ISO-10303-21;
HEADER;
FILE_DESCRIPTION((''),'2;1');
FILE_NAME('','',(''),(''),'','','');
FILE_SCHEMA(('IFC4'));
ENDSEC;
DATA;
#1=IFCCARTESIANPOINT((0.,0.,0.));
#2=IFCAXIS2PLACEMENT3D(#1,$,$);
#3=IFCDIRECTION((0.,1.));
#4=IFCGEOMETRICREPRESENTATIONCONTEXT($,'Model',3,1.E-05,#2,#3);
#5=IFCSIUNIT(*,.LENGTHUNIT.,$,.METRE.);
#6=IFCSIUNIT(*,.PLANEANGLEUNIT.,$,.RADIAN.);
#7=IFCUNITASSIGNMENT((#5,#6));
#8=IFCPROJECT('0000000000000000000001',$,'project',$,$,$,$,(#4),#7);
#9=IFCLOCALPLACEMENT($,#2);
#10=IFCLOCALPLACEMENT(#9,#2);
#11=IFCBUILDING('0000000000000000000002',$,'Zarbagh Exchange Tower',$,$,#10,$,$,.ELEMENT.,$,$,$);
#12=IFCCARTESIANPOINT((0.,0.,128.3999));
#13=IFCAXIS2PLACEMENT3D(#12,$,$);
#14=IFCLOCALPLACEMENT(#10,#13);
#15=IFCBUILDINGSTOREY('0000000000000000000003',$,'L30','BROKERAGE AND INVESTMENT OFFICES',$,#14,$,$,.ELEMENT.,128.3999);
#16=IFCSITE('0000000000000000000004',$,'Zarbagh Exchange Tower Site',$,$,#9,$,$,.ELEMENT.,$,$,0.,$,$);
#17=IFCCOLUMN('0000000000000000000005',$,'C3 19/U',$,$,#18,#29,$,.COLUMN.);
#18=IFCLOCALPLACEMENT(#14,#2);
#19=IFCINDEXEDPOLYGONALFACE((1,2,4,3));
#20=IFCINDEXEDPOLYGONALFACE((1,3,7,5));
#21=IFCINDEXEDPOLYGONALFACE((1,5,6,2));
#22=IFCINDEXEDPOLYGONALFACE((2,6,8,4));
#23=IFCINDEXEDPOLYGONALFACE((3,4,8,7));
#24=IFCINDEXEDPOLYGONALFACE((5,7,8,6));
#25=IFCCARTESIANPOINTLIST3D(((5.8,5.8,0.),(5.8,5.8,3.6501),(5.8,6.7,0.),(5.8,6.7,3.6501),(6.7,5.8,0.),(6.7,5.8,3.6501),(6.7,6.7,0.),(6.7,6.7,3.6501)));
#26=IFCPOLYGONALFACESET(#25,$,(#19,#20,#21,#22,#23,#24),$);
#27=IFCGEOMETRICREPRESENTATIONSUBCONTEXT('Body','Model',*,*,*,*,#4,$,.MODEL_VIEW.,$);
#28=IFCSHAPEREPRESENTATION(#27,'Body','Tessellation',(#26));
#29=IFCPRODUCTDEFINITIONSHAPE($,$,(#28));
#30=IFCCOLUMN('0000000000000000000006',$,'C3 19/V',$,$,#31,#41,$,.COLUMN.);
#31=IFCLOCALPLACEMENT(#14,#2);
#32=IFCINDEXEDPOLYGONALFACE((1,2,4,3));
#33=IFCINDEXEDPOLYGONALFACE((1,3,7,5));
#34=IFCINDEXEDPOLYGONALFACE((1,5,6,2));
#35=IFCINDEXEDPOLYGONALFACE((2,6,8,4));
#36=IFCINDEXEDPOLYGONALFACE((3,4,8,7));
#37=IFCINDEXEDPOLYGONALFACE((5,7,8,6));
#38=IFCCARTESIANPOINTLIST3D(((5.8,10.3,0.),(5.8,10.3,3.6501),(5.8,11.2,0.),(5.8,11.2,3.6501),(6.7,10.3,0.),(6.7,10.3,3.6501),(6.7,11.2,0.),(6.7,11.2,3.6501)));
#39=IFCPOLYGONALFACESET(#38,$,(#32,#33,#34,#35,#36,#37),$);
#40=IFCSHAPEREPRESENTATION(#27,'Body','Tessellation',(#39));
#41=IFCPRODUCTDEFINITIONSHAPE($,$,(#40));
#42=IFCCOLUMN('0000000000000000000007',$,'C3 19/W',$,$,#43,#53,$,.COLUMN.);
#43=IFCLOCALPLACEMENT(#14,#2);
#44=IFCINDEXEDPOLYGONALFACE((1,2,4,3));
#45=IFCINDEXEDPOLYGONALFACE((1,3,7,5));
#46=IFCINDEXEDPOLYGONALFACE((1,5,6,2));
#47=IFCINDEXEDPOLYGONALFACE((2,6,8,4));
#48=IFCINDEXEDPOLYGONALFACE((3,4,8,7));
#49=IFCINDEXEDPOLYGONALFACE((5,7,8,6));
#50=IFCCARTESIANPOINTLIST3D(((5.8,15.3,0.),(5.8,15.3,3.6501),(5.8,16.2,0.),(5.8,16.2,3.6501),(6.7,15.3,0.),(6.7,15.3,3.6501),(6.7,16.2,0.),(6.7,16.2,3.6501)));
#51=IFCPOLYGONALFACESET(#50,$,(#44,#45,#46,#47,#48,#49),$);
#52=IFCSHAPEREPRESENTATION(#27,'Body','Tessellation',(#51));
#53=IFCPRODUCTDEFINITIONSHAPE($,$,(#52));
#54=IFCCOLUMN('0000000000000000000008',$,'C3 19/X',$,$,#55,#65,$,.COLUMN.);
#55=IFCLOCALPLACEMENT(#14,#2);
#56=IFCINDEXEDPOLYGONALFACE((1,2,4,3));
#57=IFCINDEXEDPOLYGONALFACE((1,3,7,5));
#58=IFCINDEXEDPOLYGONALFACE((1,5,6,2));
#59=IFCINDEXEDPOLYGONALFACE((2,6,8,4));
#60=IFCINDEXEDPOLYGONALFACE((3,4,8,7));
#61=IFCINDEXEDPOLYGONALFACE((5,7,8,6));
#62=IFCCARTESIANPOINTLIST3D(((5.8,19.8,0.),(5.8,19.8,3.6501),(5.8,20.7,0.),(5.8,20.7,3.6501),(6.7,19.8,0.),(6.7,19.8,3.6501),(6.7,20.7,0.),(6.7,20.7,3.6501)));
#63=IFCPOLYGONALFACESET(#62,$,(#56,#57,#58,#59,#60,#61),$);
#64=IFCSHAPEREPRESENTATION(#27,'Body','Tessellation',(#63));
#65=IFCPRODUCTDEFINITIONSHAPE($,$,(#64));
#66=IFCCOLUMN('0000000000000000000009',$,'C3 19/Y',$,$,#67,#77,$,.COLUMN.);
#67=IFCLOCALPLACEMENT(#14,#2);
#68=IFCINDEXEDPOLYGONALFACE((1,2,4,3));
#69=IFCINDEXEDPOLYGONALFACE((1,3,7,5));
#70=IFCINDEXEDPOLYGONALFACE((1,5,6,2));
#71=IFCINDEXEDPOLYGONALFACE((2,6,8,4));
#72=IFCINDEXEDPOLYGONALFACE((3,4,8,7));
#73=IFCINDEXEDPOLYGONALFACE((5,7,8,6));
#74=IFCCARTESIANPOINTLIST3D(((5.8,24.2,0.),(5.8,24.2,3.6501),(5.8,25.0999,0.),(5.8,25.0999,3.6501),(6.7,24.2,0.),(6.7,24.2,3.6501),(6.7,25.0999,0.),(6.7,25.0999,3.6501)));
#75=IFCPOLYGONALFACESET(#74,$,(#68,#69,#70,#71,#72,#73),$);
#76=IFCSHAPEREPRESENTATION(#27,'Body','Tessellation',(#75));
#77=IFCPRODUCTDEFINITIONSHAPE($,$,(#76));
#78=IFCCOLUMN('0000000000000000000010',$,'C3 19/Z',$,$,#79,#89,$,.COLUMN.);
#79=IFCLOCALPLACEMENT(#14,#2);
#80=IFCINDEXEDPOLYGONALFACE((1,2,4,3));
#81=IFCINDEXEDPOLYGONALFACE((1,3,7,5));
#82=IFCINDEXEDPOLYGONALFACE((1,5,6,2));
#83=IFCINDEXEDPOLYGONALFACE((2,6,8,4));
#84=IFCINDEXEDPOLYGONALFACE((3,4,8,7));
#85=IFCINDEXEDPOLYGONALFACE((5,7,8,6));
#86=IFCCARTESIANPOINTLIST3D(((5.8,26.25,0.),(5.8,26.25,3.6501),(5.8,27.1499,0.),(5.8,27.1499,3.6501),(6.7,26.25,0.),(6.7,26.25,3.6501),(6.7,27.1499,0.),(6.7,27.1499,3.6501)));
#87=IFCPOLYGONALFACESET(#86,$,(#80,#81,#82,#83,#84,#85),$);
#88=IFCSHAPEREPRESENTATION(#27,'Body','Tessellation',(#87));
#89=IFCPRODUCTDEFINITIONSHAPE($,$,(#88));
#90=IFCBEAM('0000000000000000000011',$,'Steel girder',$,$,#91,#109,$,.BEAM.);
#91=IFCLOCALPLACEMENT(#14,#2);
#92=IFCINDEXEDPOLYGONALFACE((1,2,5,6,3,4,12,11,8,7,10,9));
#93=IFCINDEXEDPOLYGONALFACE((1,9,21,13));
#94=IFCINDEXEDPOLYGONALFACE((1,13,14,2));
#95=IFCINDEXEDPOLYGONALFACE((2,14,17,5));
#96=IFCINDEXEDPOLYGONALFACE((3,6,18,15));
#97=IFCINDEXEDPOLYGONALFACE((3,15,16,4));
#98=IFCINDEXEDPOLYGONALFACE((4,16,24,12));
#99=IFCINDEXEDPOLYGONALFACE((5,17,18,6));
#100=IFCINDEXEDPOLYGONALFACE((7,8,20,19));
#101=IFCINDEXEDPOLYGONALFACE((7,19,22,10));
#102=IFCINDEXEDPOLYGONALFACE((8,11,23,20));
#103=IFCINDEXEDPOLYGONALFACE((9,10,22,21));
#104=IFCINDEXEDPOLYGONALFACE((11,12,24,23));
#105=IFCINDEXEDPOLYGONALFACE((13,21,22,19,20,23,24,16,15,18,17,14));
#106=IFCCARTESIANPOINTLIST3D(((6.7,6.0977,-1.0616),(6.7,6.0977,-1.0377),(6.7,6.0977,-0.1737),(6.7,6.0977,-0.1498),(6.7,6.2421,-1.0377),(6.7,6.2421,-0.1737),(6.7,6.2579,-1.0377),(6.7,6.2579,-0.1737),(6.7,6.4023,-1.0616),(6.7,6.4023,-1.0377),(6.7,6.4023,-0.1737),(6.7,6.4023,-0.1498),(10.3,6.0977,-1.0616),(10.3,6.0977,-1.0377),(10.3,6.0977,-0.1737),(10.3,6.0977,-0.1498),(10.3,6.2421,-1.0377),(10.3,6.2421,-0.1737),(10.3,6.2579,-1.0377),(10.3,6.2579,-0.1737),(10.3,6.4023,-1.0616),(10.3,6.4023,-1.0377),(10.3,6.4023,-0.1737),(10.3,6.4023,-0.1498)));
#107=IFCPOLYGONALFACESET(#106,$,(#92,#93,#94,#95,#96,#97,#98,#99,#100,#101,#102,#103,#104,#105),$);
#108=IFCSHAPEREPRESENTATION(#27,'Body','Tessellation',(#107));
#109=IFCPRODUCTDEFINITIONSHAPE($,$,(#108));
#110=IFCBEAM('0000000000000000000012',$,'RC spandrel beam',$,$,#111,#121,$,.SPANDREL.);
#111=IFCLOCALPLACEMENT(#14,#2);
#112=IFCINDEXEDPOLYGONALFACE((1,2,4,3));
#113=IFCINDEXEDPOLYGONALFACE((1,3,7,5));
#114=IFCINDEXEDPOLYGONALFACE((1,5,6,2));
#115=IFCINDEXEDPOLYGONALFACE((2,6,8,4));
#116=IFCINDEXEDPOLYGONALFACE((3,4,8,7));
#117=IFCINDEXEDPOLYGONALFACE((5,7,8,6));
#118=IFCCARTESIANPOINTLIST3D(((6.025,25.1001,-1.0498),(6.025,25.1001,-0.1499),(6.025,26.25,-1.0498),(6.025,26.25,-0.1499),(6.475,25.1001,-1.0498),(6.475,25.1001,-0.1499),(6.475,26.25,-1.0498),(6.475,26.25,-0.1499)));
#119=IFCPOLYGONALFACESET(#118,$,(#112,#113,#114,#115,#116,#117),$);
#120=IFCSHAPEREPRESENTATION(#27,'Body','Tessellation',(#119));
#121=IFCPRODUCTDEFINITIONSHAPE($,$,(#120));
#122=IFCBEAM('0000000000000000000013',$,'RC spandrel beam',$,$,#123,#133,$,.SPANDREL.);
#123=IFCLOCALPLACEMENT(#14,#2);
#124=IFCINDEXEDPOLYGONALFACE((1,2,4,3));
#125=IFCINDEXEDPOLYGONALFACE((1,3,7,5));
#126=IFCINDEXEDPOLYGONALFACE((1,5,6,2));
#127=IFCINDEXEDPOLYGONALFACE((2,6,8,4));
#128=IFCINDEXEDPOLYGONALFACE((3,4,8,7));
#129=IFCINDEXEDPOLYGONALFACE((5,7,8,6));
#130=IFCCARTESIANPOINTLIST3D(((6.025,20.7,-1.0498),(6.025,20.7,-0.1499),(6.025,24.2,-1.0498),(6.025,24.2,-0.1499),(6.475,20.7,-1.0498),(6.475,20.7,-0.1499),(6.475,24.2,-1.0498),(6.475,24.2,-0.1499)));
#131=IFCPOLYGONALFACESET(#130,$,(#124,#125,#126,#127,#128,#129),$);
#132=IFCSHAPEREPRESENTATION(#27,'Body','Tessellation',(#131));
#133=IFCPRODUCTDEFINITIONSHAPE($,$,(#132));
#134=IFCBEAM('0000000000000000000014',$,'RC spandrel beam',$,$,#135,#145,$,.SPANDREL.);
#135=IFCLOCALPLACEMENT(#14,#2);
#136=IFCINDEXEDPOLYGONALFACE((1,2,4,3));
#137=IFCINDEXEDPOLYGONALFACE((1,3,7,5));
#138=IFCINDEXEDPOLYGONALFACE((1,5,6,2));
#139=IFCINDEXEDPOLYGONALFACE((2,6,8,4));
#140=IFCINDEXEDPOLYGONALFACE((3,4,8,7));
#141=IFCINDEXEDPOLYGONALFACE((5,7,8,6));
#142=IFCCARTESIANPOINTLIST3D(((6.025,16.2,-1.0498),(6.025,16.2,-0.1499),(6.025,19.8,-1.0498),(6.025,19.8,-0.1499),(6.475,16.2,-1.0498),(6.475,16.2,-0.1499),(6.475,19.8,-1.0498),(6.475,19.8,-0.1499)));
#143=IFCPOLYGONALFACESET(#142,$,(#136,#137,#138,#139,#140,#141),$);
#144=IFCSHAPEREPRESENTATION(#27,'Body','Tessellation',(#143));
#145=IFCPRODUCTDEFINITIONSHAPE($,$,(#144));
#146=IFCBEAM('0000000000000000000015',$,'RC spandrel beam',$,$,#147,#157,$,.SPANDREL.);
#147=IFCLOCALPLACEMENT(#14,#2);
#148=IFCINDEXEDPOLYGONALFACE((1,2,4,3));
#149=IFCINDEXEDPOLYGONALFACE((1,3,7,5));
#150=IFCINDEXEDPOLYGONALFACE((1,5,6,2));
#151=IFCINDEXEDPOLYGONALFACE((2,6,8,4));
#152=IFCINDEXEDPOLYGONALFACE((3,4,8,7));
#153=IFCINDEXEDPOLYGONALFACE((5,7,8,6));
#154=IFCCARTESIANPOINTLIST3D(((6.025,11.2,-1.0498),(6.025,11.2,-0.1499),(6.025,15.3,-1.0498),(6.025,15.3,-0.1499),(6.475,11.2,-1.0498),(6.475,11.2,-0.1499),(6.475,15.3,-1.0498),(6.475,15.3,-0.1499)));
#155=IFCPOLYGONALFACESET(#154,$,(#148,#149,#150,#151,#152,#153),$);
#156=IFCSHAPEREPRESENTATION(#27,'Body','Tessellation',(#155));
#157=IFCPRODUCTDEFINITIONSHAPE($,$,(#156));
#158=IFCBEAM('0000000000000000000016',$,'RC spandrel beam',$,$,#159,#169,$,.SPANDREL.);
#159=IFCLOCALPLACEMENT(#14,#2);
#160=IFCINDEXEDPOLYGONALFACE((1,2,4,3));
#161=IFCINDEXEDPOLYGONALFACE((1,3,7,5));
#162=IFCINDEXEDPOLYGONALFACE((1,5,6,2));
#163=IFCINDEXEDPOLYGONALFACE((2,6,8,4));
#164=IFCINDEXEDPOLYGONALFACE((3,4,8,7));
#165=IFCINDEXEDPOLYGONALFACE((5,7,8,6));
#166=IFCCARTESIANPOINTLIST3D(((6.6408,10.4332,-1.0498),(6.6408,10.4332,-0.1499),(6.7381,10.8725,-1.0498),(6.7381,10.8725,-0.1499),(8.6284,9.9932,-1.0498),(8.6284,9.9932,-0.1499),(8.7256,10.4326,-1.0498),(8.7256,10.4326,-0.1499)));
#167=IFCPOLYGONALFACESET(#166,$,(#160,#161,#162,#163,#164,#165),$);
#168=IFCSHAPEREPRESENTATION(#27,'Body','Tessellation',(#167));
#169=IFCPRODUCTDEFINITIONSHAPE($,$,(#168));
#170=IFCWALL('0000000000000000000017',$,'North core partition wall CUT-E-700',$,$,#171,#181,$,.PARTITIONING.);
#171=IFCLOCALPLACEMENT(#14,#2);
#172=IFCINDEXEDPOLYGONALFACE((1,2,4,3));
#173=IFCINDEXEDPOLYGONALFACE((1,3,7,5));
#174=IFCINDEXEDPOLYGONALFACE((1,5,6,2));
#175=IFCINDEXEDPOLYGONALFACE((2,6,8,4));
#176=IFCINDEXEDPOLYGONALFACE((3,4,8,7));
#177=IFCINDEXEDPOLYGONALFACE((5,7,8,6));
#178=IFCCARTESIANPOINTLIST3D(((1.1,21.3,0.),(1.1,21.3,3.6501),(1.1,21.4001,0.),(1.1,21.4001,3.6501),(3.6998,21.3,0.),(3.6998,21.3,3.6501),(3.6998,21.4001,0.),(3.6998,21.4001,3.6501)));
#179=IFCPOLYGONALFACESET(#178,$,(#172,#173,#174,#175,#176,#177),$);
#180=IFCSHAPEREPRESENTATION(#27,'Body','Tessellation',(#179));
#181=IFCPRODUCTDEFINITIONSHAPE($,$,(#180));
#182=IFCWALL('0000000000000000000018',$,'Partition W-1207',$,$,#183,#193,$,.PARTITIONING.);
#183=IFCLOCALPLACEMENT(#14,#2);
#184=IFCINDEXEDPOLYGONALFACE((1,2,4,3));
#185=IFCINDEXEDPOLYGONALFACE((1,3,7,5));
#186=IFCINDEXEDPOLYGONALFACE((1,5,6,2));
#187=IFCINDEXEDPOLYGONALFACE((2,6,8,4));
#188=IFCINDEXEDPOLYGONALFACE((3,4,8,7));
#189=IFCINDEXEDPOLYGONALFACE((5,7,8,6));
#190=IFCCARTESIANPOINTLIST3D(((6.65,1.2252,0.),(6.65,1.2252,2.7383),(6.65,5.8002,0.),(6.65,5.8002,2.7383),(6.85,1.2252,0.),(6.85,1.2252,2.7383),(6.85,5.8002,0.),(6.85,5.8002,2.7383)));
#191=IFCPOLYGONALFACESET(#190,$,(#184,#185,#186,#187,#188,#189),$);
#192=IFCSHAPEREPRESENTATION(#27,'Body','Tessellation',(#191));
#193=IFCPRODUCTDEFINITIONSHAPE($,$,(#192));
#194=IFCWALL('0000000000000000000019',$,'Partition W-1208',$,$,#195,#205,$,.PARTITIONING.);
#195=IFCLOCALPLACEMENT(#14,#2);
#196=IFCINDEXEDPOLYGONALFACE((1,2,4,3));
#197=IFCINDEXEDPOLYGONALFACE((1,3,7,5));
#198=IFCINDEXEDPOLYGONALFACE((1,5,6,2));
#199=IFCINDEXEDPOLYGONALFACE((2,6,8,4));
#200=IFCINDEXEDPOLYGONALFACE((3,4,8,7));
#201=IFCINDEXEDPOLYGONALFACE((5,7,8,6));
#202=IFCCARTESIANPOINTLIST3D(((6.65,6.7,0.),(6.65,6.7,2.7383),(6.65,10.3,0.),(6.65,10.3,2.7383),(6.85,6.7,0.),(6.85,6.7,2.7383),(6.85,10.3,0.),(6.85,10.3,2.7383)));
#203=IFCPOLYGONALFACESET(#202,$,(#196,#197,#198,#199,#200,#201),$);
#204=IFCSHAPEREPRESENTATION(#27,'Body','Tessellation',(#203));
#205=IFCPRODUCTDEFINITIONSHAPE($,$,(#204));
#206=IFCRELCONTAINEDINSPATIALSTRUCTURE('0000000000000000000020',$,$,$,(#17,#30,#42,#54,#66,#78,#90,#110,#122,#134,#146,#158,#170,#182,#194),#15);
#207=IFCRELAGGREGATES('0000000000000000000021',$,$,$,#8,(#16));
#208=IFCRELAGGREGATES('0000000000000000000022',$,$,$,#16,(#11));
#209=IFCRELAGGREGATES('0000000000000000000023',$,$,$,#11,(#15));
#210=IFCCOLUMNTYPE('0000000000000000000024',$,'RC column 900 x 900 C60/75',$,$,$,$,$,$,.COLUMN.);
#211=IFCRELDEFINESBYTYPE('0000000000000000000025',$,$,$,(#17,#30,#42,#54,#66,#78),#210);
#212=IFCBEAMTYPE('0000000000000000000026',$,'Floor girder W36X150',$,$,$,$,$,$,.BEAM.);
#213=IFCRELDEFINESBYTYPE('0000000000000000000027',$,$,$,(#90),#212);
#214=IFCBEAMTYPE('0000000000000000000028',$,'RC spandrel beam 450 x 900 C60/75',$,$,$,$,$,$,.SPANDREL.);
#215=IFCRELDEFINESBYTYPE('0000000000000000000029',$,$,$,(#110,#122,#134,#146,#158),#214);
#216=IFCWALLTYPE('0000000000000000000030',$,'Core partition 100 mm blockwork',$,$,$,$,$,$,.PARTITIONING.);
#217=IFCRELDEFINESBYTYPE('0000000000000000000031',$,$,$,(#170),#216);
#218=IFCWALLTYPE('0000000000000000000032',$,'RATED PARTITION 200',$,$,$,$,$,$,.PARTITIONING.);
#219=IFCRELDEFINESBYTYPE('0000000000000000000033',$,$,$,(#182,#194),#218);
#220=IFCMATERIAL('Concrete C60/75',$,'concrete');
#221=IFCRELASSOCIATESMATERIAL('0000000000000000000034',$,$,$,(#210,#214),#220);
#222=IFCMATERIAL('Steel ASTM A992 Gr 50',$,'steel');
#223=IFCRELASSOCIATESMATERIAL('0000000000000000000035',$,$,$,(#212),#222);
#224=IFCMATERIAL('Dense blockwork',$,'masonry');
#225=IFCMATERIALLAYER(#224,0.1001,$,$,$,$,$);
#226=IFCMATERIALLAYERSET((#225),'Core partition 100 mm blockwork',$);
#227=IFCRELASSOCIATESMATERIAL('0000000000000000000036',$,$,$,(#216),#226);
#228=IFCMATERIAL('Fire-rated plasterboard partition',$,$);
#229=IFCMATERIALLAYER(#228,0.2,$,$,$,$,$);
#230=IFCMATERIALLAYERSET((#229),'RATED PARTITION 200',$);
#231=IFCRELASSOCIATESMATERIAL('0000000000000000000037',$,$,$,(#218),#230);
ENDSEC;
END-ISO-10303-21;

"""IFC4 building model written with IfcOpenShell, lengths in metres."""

from ifc_helpers import new_model, si_unit, direction, frame, frame_2d, origin, origin_2d, place, context, subcontext, project, spatial, rectangle, i_section, extrude, material, layer, layer_set, material_profile, profile_set, type_object, element, save


model = new_model("IFC4")

# Units and contexts
model_context = context("Model", 3, precision=1e-05, world=origin(), true_north=direction((0.0, 1.0)))
body_context = subcontext(model_context, "Body", "Model", "MODEL_VIEW")
ifc_project = project(units=[si_unit("LENGTHUNIT", "METRE"), si_unit("PLANEANGLEUNIT", "RADIAN")], contexts=[model_context])

# Site, building, storey
site_placement = place(None, origin())
site = spatial("IfcSite", under=ifc_project, at=site_placement, Name="Zarbagh Exchange Tower Site", CompositionType="ELEMENT", RefElevation=0.0)
building_placement = place(site_placement, origin())
building = spatial("IfcBuilding", under=site, at=building_placement, Name="Zarbagh Exchange Tower", CompositionType="ELEMENT")
storey_placement = place(building_placement, frame((0.0, 0.0, 128.3999)))
storey = spatial("IfcBuildingStorey", under=building, at=storey_placement, Name="L30", Description="BROKERAGE AND INVESTMENT OFFICES", CompositionType="ELEMENT", Elevation=128.3999)

# Columns
ifc_material_1 = material(Name="Concrete C60/75", Category="concrete")
ifc_material_profile_1 = material_profile(ifc_material_1, rectangle(XDim=0.8999, YDim=0.8999, at=origin_2d()), Name="RC column 900 x 900 C60/75")
ifc_profile_set_1 = profile_set([ifc_material_profile_1], Name="Concrete C60/75")
column_type = type_object("IfcColumnType", Name="RC column 900 x 900 C60/75", PredefinedType="COLUMN", material=ifc_profile_set_1)
for number, where, z_axis, x_axis, name in (
    (1, (6.25, 6.25, 0.0), (0.0, 0.0, 1.0), (1.0, 0.0, 0.0), "C3 19/U"),
    (2, (6.25, 10.75, 0.0), (0.0, 0.0, 1.0), (1.0, 0.0, 0.0), "C3 19/V"),
    (3, (6.25, 15.75, 0.0), (0.0, 0.0, 1.0), (1.0, 0.0, 0.0), "C3 19/W"),
    (4, (6.25, 20.25, 0.0), (0.0, 0.0, 1.0), (1.0, 0.0, 0.0), "C3 19/X"),
    (5, (6.25, 24.6499, 0.0), (0.0, 0.0, 1.0), (1.0, 0.0, 0.0), "C3 19/Y"),
    (6, (6.25, 26.7, 0.0), (0.0, 0.0, 1.0), (1.0, 0.0, 0.0), "C3 19/Z"),
):
    element("IfcColumn", number, at=place(storey_placement, frame(where, z_axis=z_axis, x_axis=x_axis)), inside=storey, type_object=column_type, Name=name, PredefinedType="COLUMN", context=body_context, shape_type="SweptSolid", body=[
        extrude(rectangle(XDim=0.8999, YDim=0.8999, at=origin_2d()), origin(), (0.0, 0.0, 1.0), 3.6501),
    ])

# Beams
ifc_material_2 = material(Name="Steel ASTM A992 Gr 50", Category="steel")
ifc_material_profile_2 = material_profile(ifc_material_2, i_section(OverallWidth=0.3047, OverallDepth=0.9119, WebThickness=0.0159, FlangeThickness=0.0239, at=origin_2d()), Name="W36X150")
ifc_profile_set_2 = profile_set([ifc_material_profile_2], Name="Steel ASTM A992 Gr 50")
beam_type_1 = type_object("IfcBeamType", Name="Floor girder W36X150", PredefinedType="BEAM", material=ifc_profile_set_2)
beam_1_placement = place(storey_placement, frame((6.7, 6.25, -0.6057), z_axis=(1.0, 0.0, 0.0), x_axis=(0.0, 1.0, 0.0)))
element("IfcBeam", 7, at=beam_1_placement, inside=storey, type_object=beam_type_1, Name="Steel girder", PredefinedType="BEAM", context=body_context, shape_type="SweptSolid", body=[
    extrude(i_section(OverallWidth=0.3047, OverallDepth=0.9119, WebThickness=0.0159, FlangeThickness=0.0239, at=origin_2d()), origin(), (0.0, 0.0, 1.0), 3.6001),
])
ifc_material_profile_3 = material_profile(ifc_material_1, rectangle(XDim=0.45, YDim=0.8999, at=origin_2d()), Name="RC spandrel beam 450 x 900 C60/75")
ifc_profile_set_3 = profile_set([ifc_material_profile_3], Name="Concrete C60/75")
beam_type_2 = type_object("IfcBeamType", Name="RC spandrel beam 450 x 900 C60/75", PredefinedType="SPANDREL", material=ifc_profile_set_3)
beam_2_placement = place(storey_placement, frame((6.25, 26.25, -0.5999), z_axis=(0.0, -1.0, 0.0), x_axis=(1.0, 0.0, 0.0)))
element("IfcBeam", 8, at=beam_2_placement, inside=storey, type_object=beam_type_2, Name="RC spandrel beam", PredefinedType="SPANDREL", context=body_context, shape_type="SweptSolid", body=[
    extrude(rectangle(XDim=0.45, YDim=0.8999, at=origin_2d()), origin(), (0.0, 0.0, 1.0), 1.1499),
])
beam_3_placement = place(storey_placement, frame((6.25, 24.2, -0.5999), z_axis=(0.0, -1.0, 0.0), x_axis=(1.0, 0.0, 0.0)))
element("IfcBeam", 9, at=beam_3_placement, inside=storey, type_object=beam_type_2, Name="RC spandrel beam", PredefinedType="SPANDREL", context=body_context, shape_type="SweptSolid", body=[
    extrude(rectangle(XDim=0.45, YDim=0.8999, at=origin_2d()), origin(), (0.0, 0.0, 1.0), 3.5),
])
beam_4_placement = place(storey_placement, frame((6.25, 19.8, -0.5999), z_axis=(0.0, -1.0, 0.0), x_axis=(1.0, 0.0, 0.0)))
element("IfcBeam", 10, at=beam_4_placement, inside=storey, type_object=beam_type_2, Name="RC spandrel beam", PredefinedType="SPANDREL", context=body_context, shape_type="SweptSolid", body=[
    extrude(rectangle(XDim=0.45, YDim=0.8999, at=origin_2d()), origin(), (0.0, 0.0, 1.0), 3.6001),
])
beam_5_placement = place(storey_placement, frame((6.25, 15.3, -0.5999), z_axis=(0.0, -1.0, 0.0), x_axis=(1.0, 0.0, 0.0)))
element("IfcBeam", 11, at=beam_5_placement, inside=storey, type_object=beam_type_2, Name="RC spandrel beam", PredefinedType="SPANDREL", context=body_context, shape_type="SweptSolid", body=[
    extrude(rectangle(XDim=0.45, YDim=0.8999, at=origin_2d()), origin(), (0.0, 0.0, 1.0), 4.1001),
])
beam_6_placement = place(storey_placement, frame((6.6895, 10.6528, -0.5999), z_axis=(0.976367, -0.216118, 0.0), x_axis=(0.216118, 0.976367, 0.0)))
element("IfcBeam", 12, at=beam_6_placement, inside=storey, type_object=beam_type_2, Name="RC spandrel beam", PredefinedType="SPANDREL", context=body_context, shape_type="SweptSolid", body=[
    extrude(rectangle(XDim=0.45, YDim=0.8999, at=origin_2d()), origin(), (0.0, 0.0, 1.0), 2.0356),
])

# Walls
ifc_material_3 = material(Name="Dense blockwork", Category="masonry")
ifc_layer_1 = layer(ifc_material_3, 0.1001)
ifc_layer_set_1 = layer_set([ifc_layer_1], Name="Core partition 100 mm blockwork")
wall_type_1 = type_object("IfcWallType", Name="Core partition 100 mm blockwork", PredefinedType="PARTITIONING", material=ifc_layer_set_1)
wall_1_placement = place(storey_placement, frame((1.1001, 21.3501, 0.0), z_axis=(0.0, 0.0, 1.0), x_axis=(1.0, 0.0, 0.0)))
element("IfcWall", 13, at=wall_1_placement, inside=storey, type_object=wall_type_1, Name="North core partition wall CUT-E-700", PredefinedType="PARTITIONING", context=body_context, shape_type="SweptSolid", body=[
    extrude(rectangle(XDim=2.5999, YDim=0.1001, at=frame_2d((1.2998, 0.0))), origin(), (0.0, 0.0, 1.0), 3.6501),
])
ifc_material_4 = material(Name="Fire-rated plasterboard partition")
ifc_layer_2 = layer(ifc_material_4, 0.2)
ifc_layer_set_2 = layer_set([ifc_layer_2], Name="RATED PARTITION 200")
wall_type_2 = type_object("IfcWallType", Name="RATED PARTITION 200", PredefinedType="PARTITIONING", material=ifc_layer_set_2)
wall_2_placement = place(storey_placement, frame((6.75, 1.2251, 0.0), z_axis=(0.0, 0.0, 1.0), x_axis=(0.0, 1.0, 0.0)))
element("IfcWall", 14, at=wall_2_placement, inside=storey, type_object=wall_type_2, Name="Partition W-1207", PredefinedType="PARTITIONING", context=body_context, shape_type="SweptSolid", body=[
    extrude(rectangle(XDim=4.575, YDim=0.2, at=frame_2d((2.2876, 0.0))), origin(), (0.0, 0.0, 1.0), 2.7383),
])
wall_3_placement = place(storey_placement, frame((6.75, 6.7, 0.0), z_axis=(0.0, 0.0, 1.0), x_axis=(0.0, 1.0, 0.0)))
element("IfcWall", 15, at=wall_3_placement, inside=storey, type_object=wall_type_2, Name="Partition W-1208", PredefinedType="PARTITIONING", context=body_context, shape_type="SweptSolid", body=[
    extrude(rectangle(XDim=3.6001, YDim=0.2, at=frame_2d((1.8, 0.0))), origin(), (0.0, 0.0, 1.0), 2.7383),
])

save(model, "model.ifc")
